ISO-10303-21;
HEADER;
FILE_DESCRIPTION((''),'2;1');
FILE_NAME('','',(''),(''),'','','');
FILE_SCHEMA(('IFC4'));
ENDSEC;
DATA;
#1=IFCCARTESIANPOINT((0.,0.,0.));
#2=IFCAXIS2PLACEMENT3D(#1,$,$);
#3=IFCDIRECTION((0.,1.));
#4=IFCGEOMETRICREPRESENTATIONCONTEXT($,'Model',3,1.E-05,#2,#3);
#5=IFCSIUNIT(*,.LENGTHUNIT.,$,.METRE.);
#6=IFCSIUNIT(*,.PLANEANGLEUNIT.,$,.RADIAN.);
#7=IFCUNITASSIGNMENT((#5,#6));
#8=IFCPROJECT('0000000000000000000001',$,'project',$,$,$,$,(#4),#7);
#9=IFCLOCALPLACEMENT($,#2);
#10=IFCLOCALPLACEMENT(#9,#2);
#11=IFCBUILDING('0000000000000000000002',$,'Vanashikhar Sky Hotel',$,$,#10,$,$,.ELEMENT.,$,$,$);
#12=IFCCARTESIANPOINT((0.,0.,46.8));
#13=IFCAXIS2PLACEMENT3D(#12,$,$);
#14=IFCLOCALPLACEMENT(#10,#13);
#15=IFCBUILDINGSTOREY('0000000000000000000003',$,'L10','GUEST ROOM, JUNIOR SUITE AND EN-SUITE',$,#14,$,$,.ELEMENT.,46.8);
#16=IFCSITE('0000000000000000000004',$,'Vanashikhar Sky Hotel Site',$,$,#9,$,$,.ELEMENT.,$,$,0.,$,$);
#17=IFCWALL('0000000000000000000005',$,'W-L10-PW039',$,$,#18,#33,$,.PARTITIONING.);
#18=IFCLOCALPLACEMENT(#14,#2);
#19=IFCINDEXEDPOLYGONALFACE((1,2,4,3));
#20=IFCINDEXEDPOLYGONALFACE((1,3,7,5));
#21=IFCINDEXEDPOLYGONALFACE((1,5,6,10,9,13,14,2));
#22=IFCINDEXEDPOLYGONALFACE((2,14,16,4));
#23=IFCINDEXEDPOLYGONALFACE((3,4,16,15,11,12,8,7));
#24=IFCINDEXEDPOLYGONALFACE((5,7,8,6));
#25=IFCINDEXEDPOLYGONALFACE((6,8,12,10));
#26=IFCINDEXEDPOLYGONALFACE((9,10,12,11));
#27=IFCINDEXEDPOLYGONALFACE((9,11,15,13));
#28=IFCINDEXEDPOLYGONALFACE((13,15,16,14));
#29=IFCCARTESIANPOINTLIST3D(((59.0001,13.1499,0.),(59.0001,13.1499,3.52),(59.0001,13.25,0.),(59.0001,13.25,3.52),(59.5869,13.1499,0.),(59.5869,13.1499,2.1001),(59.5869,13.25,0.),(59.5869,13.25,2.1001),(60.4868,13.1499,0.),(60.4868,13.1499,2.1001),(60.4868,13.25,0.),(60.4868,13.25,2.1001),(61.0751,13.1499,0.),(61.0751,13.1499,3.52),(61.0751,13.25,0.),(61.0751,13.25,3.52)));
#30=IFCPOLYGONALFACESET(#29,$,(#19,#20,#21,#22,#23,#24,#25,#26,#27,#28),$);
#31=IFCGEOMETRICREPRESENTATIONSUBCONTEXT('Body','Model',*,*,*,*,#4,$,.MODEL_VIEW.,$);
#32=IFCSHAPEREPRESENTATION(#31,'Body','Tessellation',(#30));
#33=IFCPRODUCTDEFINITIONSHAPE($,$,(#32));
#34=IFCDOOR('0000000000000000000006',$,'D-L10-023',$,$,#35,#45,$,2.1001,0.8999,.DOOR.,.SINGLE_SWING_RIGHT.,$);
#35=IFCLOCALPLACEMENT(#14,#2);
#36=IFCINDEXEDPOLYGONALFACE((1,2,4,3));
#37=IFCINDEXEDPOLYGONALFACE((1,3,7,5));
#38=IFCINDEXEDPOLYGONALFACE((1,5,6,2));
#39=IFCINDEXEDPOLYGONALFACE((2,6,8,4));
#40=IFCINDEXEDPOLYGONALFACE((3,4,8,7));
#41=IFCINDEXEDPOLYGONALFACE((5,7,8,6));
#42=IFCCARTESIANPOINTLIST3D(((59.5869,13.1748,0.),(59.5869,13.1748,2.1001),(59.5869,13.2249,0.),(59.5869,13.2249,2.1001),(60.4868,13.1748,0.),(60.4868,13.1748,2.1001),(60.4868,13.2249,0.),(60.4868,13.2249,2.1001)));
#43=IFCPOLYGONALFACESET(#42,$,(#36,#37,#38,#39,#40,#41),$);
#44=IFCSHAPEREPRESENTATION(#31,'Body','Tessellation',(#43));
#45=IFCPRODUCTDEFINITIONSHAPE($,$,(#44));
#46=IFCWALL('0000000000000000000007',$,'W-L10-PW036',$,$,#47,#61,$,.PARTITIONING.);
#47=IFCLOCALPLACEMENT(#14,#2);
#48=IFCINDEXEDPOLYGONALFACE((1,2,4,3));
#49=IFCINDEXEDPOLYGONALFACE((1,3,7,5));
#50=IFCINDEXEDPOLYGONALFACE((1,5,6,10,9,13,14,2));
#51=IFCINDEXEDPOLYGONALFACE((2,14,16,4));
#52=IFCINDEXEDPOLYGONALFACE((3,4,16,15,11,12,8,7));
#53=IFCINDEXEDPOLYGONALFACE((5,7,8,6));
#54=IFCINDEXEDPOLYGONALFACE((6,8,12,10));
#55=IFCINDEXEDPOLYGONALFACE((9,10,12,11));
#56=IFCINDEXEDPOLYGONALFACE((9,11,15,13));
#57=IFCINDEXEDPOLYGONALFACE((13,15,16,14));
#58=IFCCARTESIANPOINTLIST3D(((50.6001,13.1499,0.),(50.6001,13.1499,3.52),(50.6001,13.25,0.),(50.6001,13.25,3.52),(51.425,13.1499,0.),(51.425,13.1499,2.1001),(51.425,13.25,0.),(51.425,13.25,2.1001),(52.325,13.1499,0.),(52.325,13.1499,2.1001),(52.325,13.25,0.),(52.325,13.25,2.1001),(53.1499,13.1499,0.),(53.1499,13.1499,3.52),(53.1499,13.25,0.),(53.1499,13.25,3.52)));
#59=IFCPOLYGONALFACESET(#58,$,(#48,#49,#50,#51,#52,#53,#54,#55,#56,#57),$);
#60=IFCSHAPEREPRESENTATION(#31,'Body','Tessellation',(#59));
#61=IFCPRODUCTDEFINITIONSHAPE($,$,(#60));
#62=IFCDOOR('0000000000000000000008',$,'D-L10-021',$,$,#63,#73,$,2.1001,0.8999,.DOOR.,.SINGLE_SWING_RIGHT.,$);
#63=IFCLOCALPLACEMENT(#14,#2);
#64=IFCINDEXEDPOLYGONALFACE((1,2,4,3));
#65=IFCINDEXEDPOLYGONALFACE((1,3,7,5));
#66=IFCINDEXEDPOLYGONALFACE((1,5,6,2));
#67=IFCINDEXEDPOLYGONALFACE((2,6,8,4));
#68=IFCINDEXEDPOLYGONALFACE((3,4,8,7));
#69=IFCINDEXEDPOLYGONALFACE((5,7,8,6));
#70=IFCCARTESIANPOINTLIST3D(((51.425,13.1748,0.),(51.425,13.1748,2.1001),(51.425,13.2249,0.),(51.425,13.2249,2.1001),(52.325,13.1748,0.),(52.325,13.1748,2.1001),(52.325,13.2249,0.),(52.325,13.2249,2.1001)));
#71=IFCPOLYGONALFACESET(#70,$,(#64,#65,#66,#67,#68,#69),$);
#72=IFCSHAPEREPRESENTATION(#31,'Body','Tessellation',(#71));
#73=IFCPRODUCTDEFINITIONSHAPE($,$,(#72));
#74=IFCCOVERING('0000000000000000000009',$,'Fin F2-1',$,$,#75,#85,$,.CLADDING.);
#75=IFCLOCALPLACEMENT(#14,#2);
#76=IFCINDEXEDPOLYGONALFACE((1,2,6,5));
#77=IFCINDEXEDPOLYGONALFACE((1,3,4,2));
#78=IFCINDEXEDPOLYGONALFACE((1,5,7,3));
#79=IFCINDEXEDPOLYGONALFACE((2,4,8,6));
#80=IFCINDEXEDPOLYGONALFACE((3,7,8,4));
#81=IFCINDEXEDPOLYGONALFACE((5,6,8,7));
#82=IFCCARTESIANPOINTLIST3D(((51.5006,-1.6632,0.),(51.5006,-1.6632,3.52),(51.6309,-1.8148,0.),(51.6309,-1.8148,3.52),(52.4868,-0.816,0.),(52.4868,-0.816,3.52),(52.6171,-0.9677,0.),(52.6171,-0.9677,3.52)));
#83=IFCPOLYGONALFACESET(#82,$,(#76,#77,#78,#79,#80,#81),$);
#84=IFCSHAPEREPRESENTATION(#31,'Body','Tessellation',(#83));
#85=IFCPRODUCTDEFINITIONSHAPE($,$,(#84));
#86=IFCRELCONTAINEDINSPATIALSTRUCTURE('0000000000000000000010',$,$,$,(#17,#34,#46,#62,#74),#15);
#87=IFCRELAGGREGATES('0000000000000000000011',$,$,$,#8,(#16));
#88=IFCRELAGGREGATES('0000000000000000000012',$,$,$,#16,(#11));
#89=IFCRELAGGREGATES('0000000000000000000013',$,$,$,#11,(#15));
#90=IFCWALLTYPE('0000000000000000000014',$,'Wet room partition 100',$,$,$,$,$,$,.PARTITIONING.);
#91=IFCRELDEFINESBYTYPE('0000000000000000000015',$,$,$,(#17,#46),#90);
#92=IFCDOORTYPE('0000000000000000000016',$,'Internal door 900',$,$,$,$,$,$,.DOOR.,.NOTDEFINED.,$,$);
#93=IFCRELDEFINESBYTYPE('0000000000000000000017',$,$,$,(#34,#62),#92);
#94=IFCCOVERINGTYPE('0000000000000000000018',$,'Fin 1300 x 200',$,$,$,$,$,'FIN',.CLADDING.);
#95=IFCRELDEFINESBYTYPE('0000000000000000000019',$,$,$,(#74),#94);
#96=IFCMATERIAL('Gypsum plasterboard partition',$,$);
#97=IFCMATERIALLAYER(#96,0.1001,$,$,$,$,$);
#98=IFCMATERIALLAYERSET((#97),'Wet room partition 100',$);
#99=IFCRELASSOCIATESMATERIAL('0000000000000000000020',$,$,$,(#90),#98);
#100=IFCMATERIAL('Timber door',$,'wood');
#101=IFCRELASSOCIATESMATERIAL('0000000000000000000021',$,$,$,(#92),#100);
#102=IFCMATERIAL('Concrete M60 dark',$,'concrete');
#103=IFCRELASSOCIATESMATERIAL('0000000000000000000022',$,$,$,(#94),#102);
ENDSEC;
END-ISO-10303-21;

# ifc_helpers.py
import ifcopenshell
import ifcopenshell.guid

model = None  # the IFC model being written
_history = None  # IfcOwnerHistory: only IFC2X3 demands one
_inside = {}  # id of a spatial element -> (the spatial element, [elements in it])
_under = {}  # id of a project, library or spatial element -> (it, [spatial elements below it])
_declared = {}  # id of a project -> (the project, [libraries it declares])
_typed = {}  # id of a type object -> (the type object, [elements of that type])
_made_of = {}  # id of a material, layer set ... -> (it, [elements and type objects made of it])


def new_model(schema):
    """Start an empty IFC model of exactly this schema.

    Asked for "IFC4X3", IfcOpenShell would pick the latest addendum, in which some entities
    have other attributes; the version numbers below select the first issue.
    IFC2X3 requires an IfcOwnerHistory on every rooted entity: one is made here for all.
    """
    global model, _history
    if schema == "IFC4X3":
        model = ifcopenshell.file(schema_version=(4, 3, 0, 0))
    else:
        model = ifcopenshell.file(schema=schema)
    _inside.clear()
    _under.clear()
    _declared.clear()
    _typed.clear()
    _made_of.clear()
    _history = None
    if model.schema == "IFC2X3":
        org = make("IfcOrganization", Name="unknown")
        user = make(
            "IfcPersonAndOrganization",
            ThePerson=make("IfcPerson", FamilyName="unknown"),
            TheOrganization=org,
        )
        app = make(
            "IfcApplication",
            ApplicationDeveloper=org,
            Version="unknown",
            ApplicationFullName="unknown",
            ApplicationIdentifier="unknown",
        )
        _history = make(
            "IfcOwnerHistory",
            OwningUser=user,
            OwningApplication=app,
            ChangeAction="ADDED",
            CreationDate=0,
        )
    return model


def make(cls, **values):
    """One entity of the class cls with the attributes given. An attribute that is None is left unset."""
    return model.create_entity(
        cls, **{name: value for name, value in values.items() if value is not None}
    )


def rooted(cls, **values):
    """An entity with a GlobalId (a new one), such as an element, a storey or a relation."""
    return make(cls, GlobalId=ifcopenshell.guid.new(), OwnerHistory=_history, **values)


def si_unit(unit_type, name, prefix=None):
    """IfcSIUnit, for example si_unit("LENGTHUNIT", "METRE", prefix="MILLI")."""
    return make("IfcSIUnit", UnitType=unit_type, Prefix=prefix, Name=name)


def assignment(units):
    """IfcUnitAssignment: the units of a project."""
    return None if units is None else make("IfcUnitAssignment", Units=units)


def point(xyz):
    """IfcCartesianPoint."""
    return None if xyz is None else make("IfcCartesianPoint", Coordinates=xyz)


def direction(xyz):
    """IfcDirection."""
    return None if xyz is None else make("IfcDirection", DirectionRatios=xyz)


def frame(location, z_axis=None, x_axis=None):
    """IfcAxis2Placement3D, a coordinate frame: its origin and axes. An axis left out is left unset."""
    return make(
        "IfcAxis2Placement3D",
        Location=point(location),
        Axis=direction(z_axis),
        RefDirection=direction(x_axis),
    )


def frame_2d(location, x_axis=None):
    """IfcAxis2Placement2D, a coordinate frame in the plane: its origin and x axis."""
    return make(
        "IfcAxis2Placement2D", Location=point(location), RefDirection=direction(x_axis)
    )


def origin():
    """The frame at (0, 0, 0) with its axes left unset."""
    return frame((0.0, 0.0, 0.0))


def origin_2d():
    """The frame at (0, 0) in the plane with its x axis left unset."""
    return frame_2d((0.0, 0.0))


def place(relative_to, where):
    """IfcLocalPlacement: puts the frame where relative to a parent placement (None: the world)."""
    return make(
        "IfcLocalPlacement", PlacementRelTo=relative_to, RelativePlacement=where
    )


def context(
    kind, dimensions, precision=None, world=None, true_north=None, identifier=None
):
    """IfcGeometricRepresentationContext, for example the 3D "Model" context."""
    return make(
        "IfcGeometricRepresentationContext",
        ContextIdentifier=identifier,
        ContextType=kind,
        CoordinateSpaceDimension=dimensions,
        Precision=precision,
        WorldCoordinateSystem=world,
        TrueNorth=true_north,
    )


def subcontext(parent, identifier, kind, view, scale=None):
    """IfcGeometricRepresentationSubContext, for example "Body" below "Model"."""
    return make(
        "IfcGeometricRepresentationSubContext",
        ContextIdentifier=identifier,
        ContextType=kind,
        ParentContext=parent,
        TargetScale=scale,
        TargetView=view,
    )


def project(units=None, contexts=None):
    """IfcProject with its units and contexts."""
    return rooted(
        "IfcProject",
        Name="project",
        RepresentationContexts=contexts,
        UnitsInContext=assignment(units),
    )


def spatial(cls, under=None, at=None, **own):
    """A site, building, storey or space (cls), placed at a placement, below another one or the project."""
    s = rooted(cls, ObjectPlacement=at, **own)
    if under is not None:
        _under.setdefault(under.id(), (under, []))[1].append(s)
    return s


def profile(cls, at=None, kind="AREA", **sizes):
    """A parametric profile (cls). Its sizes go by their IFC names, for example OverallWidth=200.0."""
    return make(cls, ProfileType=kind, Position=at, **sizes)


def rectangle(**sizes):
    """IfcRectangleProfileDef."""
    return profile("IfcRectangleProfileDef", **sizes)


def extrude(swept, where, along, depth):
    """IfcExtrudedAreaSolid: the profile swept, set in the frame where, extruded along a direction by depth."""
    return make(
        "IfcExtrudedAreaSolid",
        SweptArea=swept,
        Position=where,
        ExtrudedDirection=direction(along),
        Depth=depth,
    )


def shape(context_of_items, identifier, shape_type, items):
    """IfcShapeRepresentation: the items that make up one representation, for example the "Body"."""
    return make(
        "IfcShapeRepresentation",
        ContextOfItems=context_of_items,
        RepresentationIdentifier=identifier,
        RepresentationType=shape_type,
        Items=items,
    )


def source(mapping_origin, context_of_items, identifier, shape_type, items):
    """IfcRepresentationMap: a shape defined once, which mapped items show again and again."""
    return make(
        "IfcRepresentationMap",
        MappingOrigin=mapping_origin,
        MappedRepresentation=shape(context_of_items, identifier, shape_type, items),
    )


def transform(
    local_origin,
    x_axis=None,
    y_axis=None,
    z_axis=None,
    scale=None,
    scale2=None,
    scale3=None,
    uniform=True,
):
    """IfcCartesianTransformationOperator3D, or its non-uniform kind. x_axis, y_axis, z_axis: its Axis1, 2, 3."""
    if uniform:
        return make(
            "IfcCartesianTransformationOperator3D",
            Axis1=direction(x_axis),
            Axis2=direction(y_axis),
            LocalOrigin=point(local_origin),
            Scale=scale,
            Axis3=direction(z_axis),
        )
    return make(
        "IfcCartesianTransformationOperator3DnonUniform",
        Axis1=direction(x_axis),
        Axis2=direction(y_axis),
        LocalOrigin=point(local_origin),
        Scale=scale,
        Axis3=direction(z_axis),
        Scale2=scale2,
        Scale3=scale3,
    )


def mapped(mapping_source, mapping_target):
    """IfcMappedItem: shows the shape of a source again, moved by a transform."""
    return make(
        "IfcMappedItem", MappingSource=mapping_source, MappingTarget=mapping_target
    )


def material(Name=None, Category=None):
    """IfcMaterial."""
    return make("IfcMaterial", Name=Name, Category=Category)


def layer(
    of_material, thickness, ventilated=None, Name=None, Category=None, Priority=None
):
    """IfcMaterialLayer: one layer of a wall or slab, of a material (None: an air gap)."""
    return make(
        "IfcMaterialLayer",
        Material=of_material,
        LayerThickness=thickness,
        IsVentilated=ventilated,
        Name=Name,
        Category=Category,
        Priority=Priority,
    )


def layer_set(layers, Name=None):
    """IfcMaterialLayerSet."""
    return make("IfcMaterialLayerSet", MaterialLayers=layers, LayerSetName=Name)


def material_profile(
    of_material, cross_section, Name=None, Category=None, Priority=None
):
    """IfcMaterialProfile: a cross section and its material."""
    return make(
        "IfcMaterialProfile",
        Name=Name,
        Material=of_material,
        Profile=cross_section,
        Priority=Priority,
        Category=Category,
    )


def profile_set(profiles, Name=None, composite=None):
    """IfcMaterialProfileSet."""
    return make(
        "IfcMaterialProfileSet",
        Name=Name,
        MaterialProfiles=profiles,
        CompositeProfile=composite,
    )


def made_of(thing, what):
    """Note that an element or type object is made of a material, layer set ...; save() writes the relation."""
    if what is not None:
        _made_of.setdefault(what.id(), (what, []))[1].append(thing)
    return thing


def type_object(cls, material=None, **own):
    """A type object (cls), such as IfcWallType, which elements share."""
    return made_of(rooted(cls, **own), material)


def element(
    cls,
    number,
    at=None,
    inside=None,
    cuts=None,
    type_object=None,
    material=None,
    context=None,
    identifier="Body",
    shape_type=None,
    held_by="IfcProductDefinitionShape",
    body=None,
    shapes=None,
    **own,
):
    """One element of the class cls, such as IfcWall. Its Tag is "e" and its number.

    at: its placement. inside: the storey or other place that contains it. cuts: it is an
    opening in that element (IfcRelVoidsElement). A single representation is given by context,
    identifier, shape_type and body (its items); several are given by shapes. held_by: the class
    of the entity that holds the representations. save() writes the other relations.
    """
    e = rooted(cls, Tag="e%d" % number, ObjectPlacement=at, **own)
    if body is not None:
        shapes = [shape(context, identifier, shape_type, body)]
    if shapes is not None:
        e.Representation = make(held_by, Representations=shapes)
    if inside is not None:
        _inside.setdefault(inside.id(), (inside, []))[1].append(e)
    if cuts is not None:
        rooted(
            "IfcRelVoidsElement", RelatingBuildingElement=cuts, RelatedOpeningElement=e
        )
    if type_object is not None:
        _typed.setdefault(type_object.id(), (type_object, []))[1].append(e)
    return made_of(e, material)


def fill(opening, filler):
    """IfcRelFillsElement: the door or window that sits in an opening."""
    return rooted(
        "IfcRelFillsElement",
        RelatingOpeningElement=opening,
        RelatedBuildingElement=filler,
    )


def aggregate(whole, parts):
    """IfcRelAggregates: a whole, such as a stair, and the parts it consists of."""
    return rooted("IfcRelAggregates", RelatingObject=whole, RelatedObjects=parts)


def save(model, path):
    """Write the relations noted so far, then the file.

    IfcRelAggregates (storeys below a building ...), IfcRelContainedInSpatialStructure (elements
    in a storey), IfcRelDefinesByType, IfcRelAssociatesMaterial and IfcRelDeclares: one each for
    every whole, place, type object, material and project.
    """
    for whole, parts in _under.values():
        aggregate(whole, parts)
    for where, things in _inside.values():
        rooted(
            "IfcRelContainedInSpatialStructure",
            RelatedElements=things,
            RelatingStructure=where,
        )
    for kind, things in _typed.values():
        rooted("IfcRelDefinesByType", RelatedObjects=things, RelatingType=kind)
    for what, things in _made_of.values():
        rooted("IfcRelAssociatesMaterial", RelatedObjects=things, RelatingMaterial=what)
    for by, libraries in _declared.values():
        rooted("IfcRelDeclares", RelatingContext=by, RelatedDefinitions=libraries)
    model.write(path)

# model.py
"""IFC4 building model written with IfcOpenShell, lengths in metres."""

from ifc_helpers import new_model, si_unit, direction, frame, frame_2d, origin, origin_2d, place, context, subcontext, project, spatial, rectangle, extrude, source, transform, mapped, material, layer, layer_set, material_profile, profile_set, type_object, element, fill, save


model = new_model("IFC4")

# Units and contexts
model_context = context("Model", 3, precision=1e-05, world=origin(), true_north=direction((0.0, 1.0)))
body_context = subcontext(model_context, "Body", "Model", "MODEL_VIEW")
ifc_project = project(units=[si_unit("LENGTHUNIT", "METRE"), si_unit("PLANEANGLEUNIT", "RADIAN")], contexts=[model_context])

# Site, building, storey
site_placement = place(None, origin())
site = spatial("IfcSite", under=ifc_project, at=site_placement, Name="Vanashikhar Sky Hotel Site", CompositionType="ELEMENT", RefElevation=0.0)
building_placement = place(site_placement, origin())
building = spatial("IfcBuilding", under=site, at=building_placement, Name="Vanashikhar Sky Hotel", CompositionType="ELEMENT")
storey_placement = place(building_placement, frame((0.0, 0.0, 46.8)))
storey = spatial("IfcBuildingStorey", under=building, at=storey_placement, Name="L10", Description="GUEST ROOM, JUNIOR SUITE AND EN-SUITE", CompositionType="ELEMENT", Elevation=46.8)

# Shared definitions
ifc_material_1 = material(Name="Gypsum plasterboard partition")
ifc_layer_1 = layer(ifc_material_1, 0.1001)
ifc_layer_set_1 = layer_set([ifc_layer_1], Name="Wet room partition 100")
wall_type_1 = type_object("IfcWallType", Name="Wet room partition 100", PredefinedType="PARTITIONING", material=ifc_layer_set_1)
shared_shape_1 = source(origin(), body_context, "Body", "SweptSolid", [
    extrude(rectangle(XDim=0.8999, YDim=2.1001, at=frame_2d((0.45, 1.05))), frame((0.0, 0.0601, 0.0), z_axis=(0.0, -1.0, 0.0), x_axis=(1.0, 0.0, 0.0)), (0.0, 0.0, 1.0), 0.1201),
])
ifc_material_2 = material(Name="Timber door", Category="wood")
door_type = type_object("IfcDoorType", Name="Internal door 900", OperationType="NOTDEFINED", PredefinedType="DOOR", material=ifc_material_2)
shared_shape_2 = source(origin(), body_context, "Body", "SweptSolid", [
    extrude(rectangle(XDim=0.8999, YDim=2.1001, at=frame_2d((0.45, 1.05))), frame((0.0, 0.0249, 0.0), z_axis=(0.0, -1.0, 0.0), x_axis=(1.0, 0.0, 0.0)), (0.0, 0.0, 1.0), 0.05),
])

# Walls, openings, doors
shared_shape_3 = source(origin(), body_context, "Body", "SweptSolid", [
    extrude(rectangle(XDim=2.075, YDim=0.1001, at=frame_2d((1.0376, 0.0))), origin(), (0.0, 0.0, 1.0), 3.52),
])
wall_1_placement = place(storey_placement, frame((59.0, 13.2, 0.0), z_axis=(0.0, 0.0, 1.0), x_axis=(1.0, 0.0, 0.0)))
wall_1 = element("IfcWall", 1, at=wall_1_placement, inside=storey, type_object=wall_type_1, Name="W-L10-PW039", PredefinedType="PARTITIONING", context=body_context, shape_type="MappedRepresentation", body=[
    mapped(shared_shape_3, transform((0.0, 0.0, 0.0), scale=1.0)),
])
opening_1_placement = place(wall_1_placement, frame((0.5869, 0.0, 0.0)))
opening_1 = element("IfcOpeningElement", 2, at=opening_1_placement, cuts=wall_1, PredefinedType="OPENING", context=body_context, shape_type="MappedRepresentation", body=[
    mapped(shared_shape_1, transform((0.0, 0.0, 0.0), scale=1.0)),
])
door_1_placement = place(opening_1_placement, origin())
door_1 = element("IfcDoor", 3, at=door_1_placement, inside=storey, type_object=door_type, Name="D-L10-023", OperationType="SINGLE_SWING_RIGHT", OverallHeight=2.1001, OverallWidth=0.8999, PredefinedType="DOOR", context=body_context, shape_type="MappedRepresentation", body=[
    mapped(shared_shape_2, transform((0.0, 0.0, 0.0), scale=1.0)),
])
fill(opening_1, door_1)
shared_shape_4 = source(origin(), body_context, "Body", "SweptSolid", [
    extrude(rectangle(XDim=2.5498, YDim=0.1001, at=frame_2d((1.2749, 0.0))), origin(), (0.0, 0.0, 1.0), 3.52),
])
wall_2_placement = place(storey_placement, frame((50.6001, 13.2, 0.0), z_axis=(0.0, 0.0, 1.0), x_axis=(1.0, 0.0, 0.0)))
wall_2 = element("IfcWall", 4, at=wall_2_placement, inside=storey, type_object=wall_type_1, Name="W-L10-PW036", PredefinedType="PARTITIONING", context=body_context, shape_type="MappedRepresentation", body=[
    mapped(shared_shape_4, transform((0.0, 0.0, 0.0), scale=1.0)),
])
opening_2_placement = place(wall_2_placement, frame((0.825, 0.0, 0.0)))
opening_2 = element("IfcOpeningElement", 5, at=opening_2_placement, cuts=wall_2, PredefinedType="OPENING", context=body_context, shape_type="MappedRepresentation", body=[
    mapped(shared_shape_1, transform((0.0, 0.0, 0.0), scale=1.0)),
])
door_2_placement = place(opening_2_placement, origin())
door_2 = element("IfcDoor", 6, at=door_2_placement, inside=storey, type_object=door_type, Name="D-L10-021", OperationType="SINGLE_SWING_RIGHT", OverallHeight=2.1001, OverallWidth=0.8999, PredefinedType="DOOR", context=body_context, shape_type="MappedRepresentation", body=[
    mapped(shared_shape_2, transform((0.0, 0.0, 0.0), scale=1.0)),
])
fill(opening_2, door_2)

# Covering
ifc_material_3 = material(Name="Concrete M60 dark", Category="concrete")
ifc_material_profile = material_profile(ifc_material_3, rectangle(XDim=1.3, YDim=0.2, at=origin_2d()))
ifc_profile_set = profile_set([ifc_material_profile], Name="Fin 1300 x 200")
covering_type = type_object("IfcCoveringType", Name="Fin 1300 x 200", ElementType="FIN", PredefinedType="CLADDING", material=ifc_profile_set)
shared_shape_5 = source(origin(), body_context, "Body", "SweptSolid", [
    extrude(rectangle(XDim=1.3, YDim=0.2, at=origin_2d()), origin(), (0.0, 0.0, 1.0), 3.52),
])
covering_placement = place(storey_placement, frame((52.0588, -1.3154, 0.0), z_axis=(0.0, 0.0, 1.0), x_axis=(-0.758544, -0.651622, 0.0)))
element("IfcCovering", 7, at=covering_placement, inside=storey, type_object=covering_type, Name="Fin F2-1", PredefinedType="CLADDING", context=body_context, shape_type="MappedRepresentation", body=[
    mapped(shared_shape_5, transform((0.0, 0.0, 0.0), scale=1.0)),
])

save(model, "model.ifc")
